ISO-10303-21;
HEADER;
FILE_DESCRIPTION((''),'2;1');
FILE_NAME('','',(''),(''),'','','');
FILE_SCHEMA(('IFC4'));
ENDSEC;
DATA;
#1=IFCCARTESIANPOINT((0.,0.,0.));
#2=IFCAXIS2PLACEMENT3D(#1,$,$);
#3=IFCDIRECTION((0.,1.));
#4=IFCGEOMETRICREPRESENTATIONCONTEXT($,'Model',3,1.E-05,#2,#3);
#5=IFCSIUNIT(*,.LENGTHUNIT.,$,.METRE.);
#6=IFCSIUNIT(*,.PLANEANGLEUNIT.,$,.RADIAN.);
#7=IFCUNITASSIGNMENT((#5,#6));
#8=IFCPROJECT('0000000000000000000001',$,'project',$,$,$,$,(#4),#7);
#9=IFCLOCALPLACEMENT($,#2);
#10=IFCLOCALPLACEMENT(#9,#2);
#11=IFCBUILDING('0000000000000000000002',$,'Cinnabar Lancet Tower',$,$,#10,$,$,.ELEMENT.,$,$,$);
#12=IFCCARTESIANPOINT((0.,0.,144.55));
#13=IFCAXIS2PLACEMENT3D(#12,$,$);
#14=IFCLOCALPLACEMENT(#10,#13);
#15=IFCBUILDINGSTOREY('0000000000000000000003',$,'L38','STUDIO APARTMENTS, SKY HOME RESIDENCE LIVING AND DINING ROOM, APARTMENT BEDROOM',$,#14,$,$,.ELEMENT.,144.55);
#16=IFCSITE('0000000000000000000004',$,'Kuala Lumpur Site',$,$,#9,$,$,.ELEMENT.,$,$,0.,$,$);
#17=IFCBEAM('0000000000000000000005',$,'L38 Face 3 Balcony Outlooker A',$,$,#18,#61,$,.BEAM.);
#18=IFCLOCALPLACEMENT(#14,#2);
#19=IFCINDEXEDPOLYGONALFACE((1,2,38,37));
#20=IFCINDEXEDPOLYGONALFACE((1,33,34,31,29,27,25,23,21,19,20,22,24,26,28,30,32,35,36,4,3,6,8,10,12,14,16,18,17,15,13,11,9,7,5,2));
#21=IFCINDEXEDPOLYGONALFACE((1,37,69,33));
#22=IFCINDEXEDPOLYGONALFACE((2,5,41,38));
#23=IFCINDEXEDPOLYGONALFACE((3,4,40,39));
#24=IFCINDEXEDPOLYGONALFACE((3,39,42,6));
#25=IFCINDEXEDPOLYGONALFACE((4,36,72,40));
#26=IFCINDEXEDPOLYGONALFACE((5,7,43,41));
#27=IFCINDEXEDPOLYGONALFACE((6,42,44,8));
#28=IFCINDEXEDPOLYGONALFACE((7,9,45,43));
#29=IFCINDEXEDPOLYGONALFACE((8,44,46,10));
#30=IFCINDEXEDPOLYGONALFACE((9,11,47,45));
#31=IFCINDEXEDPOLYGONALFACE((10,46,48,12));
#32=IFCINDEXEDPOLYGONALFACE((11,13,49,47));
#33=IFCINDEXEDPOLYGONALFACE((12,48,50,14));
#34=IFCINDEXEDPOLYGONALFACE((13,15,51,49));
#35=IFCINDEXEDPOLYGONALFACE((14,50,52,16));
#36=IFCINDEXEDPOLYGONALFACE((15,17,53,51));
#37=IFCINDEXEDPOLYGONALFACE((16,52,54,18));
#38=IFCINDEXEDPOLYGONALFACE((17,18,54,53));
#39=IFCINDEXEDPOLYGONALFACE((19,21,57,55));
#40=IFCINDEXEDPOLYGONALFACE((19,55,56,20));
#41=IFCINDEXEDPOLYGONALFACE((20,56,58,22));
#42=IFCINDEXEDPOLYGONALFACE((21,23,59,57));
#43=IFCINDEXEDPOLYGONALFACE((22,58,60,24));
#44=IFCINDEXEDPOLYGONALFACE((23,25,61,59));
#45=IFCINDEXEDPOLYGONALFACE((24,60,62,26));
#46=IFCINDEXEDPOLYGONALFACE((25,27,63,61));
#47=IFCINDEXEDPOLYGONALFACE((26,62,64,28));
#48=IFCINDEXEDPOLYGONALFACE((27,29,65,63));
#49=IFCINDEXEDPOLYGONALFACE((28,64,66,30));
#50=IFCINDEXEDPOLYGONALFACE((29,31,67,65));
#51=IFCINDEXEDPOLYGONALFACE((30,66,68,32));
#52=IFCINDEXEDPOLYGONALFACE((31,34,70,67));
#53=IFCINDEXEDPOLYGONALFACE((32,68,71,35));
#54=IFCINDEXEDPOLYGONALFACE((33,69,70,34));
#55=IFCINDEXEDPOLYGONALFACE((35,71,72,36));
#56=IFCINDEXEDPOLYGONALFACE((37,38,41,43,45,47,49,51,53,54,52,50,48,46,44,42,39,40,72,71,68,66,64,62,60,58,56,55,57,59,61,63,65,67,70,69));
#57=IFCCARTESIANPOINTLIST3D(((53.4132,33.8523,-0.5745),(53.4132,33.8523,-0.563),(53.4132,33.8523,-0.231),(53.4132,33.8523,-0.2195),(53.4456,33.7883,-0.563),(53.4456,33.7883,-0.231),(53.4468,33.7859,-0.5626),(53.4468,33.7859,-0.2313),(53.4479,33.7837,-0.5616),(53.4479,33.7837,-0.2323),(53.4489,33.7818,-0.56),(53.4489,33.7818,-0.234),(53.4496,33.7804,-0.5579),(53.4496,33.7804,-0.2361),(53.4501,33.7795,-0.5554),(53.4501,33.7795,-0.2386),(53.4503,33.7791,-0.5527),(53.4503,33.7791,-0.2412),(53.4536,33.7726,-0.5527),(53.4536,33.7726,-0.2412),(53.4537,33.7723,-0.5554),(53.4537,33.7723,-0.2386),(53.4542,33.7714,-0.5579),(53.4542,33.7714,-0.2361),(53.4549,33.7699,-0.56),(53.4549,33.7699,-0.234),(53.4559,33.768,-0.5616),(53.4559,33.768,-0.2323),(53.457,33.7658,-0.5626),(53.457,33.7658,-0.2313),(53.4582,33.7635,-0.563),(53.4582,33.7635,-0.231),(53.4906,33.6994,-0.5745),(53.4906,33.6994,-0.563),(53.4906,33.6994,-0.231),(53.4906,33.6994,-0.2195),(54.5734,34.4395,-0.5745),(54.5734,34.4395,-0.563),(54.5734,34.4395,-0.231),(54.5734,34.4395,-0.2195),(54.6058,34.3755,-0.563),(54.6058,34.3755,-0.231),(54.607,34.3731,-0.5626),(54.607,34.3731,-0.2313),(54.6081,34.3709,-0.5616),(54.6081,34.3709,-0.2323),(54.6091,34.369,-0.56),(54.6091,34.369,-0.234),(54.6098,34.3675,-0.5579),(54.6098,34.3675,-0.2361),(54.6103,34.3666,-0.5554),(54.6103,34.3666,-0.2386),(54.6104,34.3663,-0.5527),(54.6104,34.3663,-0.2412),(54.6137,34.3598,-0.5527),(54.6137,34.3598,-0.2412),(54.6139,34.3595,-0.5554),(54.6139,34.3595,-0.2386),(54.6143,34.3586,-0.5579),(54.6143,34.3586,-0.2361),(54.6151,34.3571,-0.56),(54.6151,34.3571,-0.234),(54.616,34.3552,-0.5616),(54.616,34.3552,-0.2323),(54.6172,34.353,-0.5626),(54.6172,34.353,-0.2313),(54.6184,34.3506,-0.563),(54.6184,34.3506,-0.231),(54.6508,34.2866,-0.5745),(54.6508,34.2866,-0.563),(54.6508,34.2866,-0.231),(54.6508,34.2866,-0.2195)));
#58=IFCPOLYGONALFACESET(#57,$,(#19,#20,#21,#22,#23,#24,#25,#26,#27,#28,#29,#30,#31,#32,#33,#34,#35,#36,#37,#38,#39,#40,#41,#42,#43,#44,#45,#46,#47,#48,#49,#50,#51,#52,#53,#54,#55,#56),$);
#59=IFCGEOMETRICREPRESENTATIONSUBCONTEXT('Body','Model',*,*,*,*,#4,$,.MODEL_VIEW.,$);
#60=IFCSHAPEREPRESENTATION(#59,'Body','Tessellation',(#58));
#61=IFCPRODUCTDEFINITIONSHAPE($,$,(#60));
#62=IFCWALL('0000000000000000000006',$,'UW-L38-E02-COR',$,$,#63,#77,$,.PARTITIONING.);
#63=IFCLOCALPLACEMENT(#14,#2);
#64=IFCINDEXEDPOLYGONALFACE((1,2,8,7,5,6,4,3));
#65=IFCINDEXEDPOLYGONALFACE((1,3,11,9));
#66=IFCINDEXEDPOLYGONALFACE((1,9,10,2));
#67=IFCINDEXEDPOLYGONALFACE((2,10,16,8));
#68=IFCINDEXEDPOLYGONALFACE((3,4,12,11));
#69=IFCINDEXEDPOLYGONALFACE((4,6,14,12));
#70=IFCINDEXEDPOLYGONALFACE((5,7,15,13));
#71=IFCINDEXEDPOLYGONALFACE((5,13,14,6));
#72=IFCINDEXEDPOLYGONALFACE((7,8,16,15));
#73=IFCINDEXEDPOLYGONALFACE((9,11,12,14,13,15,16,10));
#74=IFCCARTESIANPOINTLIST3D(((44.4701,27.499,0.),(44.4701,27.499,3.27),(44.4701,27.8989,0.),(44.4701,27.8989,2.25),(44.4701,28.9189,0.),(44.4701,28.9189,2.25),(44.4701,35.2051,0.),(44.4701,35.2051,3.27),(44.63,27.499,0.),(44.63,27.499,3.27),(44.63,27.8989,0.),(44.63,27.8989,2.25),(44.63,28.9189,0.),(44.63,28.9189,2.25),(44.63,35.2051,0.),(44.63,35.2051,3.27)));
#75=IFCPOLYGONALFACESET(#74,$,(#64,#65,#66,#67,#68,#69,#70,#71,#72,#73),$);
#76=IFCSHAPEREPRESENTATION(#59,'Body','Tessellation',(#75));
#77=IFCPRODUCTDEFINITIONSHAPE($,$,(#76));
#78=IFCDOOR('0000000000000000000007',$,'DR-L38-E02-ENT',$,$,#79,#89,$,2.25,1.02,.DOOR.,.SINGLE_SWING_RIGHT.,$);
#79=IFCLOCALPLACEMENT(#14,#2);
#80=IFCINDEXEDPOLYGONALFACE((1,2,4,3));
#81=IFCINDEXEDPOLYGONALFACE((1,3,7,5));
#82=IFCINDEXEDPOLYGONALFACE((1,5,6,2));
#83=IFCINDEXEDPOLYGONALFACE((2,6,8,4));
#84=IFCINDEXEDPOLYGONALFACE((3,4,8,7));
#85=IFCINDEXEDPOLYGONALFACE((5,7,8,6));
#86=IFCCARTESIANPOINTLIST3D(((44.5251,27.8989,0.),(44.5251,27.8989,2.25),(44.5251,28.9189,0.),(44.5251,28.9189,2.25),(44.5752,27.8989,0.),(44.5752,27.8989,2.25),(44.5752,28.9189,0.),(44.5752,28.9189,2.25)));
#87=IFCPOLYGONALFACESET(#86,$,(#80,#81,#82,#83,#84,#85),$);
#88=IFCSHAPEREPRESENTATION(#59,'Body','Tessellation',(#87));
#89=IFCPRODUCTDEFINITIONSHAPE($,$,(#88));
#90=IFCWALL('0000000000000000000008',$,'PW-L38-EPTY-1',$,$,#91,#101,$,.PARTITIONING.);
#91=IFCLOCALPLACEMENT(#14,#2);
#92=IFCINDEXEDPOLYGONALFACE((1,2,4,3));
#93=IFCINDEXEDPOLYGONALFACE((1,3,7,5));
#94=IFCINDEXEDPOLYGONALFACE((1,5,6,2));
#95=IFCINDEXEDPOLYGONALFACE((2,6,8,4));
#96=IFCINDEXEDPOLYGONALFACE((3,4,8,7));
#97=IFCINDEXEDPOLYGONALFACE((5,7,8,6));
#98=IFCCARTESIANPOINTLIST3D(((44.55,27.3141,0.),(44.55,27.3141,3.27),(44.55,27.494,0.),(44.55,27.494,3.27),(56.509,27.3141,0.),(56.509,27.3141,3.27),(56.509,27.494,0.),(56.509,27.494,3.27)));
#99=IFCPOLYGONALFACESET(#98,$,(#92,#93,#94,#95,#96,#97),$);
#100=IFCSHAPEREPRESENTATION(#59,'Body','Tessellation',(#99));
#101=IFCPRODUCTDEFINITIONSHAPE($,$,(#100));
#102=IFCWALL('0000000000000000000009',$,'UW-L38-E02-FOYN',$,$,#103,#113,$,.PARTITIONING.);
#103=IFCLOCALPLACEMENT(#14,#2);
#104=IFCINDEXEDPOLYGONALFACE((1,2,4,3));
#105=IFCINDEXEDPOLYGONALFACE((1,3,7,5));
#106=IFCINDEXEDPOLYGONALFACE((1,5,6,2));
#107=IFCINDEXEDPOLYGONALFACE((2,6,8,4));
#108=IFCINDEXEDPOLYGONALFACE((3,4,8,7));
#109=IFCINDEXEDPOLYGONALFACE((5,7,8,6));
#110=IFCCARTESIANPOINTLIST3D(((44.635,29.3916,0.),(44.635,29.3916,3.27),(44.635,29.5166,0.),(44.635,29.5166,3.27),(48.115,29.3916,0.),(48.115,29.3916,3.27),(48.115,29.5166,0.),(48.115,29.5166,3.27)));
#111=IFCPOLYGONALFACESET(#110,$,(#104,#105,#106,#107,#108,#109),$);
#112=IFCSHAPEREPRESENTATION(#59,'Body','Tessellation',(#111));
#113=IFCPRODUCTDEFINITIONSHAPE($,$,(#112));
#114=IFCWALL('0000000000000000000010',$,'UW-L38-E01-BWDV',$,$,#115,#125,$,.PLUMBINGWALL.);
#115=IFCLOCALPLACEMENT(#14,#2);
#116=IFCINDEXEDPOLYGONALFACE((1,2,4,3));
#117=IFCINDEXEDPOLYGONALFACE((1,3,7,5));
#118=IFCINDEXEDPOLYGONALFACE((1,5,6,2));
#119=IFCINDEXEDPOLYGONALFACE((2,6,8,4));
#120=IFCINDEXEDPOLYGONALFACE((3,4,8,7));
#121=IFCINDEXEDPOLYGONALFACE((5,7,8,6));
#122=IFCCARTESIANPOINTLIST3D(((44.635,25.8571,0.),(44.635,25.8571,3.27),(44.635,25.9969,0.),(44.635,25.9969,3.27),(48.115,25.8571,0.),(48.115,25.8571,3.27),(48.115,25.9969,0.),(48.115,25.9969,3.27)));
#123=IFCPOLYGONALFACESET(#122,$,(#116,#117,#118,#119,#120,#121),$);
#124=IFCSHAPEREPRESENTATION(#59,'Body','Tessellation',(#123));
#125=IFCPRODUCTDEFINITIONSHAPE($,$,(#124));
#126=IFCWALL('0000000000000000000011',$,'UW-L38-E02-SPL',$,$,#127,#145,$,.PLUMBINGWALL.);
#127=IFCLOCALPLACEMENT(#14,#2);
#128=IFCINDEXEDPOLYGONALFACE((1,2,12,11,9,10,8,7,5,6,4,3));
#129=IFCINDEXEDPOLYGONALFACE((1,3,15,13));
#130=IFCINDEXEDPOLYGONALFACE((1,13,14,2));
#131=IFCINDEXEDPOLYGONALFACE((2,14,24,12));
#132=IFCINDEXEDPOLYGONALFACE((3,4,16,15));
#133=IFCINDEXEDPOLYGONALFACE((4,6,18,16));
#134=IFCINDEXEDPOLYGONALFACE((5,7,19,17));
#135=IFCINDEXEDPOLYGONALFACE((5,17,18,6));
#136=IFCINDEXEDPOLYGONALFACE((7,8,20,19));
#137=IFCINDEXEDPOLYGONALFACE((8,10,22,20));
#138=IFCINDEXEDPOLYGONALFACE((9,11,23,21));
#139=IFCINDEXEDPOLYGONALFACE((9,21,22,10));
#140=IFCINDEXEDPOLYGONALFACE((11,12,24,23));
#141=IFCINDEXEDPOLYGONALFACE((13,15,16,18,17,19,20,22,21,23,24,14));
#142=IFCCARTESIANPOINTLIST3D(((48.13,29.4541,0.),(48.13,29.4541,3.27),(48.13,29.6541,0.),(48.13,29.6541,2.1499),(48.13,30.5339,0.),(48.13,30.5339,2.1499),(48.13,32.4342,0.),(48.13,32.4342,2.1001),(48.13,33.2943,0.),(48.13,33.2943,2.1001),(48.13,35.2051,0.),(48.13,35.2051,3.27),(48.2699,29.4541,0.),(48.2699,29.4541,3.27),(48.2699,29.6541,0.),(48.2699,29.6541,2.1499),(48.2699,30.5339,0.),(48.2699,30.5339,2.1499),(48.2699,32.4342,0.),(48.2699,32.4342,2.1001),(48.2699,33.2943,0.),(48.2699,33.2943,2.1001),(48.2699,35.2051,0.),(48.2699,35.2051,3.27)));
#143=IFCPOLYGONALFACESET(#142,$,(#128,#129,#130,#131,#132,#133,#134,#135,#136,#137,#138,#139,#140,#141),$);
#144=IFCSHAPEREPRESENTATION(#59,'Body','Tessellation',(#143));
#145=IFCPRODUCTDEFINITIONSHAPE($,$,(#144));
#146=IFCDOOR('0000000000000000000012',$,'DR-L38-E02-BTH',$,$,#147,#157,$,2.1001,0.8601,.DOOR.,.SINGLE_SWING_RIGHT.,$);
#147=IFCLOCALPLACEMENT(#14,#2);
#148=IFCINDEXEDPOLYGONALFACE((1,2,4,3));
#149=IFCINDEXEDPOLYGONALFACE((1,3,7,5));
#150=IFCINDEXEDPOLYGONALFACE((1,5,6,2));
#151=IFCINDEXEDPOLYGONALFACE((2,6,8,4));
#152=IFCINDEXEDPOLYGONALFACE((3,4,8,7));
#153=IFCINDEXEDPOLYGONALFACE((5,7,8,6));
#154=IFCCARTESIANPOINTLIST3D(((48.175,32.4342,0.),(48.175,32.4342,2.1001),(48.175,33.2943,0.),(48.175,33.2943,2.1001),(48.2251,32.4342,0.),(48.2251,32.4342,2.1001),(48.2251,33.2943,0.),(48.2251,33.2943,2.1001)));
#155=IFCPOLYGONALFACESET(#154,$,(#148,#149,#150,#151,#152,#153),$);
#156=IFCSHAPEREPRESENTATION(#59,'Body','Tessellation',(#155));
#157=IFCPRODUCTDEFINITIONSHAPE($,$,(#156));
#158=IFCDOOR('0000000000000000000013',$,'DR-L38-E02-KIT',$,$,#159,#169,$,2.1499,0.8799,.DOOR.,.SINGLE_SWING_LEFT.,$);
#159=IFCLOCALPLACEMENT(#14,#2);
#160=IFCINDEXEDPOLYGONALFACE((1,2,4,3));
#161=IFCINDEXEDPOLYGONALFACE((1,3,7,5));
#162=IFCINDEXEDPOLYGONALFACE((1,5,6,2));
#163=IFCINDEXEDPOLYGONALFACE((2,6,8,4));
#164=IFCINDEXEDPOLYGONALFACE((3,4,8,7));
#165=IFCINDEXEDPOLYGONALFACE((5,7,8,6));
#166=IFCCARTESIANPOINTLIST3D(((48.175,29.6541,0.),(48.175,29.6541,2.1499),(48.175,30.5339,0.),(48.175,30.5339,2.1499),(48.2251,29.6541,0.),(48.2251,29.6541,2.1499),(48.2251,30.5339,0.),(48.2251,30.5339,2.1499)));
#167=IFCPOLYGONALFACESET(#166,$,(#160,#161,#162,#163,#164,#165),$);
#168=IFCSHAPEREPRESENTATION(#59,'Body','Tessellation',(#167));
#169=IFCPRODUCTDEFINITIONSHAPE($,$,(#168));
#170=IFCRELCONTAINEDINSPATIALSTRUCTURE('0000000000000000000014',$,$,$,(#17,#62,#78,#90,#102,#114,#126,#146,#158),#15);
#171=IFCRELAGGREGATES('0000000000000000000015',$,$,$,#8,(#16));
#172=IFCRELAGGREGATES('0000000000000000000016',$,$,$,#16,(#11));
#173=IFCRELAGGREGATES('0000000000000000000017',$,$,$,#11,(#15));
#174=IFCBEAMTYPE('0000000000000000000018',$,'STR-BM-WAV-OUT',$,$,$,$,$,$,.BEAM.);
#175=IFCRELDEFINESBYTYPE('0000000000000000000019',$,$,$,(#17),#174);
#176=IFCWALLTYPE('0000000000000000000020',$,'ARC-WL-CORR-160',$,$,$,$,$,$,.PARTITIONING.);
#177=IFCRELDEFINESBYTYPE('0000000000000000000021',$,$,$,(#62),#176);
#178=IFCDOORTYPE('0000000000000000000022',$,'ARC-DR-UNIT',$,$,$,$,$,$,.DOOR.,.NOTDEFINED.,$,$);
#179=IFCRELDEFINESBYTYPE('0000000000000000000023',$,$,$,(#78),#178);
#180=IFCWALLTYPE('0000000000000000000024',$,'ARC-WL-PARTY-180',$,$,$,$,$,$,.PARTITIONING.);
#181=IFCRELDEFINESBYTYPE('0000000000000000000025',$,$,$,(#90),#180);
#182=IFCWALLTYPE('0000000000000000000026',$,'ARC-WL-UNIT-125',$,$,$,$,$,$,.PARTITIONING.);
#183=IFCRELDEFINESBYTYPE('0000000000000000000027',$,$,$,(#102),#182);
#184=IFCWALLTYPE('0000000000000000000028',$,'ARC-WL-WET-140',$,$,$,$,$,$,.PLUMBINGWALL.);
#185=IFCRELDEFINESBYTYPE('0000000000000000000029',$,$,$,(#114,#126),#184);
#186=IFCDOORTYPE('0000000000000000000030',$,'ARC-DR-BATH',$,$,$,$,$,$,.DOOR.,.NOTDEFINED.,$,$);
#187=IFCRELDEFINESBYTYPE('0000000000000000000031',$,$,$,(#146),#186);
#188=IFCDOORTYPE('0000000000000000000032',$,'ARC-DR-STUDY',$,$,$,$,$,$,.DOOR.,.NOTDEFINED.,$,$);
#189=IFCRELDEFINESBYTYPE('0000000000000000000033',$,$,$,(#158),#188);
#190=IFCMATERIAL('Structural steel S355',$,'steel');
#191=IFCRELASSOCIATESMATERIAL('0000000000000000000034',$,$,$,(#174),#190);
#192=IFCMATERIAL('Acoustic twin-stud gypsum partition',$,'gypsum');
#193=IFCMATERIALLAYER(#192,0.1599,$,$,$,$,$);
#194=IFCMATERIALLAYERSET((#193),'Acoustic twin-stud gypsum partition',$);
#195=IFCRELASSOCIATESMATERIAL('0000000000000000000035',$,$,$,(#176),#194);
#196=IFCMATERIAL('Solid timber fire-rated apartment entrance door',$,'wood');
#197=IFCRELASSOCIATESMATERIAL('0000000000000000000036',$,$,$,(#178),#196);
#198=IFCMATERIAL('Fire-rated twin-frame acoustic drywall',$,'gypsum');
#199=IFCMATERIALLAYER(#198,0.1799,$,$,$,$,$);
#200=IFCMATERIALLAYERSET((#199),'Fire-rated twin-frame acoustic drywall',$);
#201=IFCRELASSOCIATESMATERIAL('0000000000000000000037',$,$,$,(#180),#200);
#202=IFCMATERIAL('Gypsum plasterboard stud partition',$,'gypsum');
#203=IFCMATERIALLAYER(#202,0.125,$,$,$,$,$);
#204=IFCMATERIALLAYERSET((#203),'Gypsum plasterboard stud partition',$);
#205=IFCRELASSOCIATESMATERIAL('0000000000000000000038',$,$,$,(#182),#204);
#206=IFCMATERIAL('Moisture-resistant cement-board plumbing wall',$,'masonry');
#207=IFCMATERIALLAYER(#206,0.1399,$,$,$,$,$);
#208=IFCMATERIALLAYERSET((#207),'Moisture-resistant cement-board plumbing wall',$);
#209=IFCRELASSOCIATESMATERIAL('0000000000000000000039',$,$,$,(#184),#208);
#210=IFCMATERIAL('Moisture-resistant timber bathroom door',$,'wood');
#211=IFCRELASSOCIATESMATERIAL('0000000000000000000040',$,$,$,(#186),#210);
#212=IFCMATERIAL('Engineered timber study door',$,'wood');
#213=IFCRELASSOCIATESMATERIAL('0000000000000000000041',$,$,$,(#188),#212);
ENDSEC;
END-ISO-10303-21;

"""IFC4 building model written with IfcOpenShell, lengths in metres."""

from ifc_helpers import new_model, si_unit, direction, frame, frame_2d, origin, origin_2d, place, context, subcontext, project, spatial, rectangle, i_section, extrude, material, layer, layer_set, material_profile, profile_set, type_object, element, fill, save


model = new_model("IFC4")

# Units and contexts
model_context = context("Model", 3, precision=1e-05, world=origin(), true_north=direction((0.0, 1.0)))
body_context = subcontext(model_context, "Body", "Model", "MODEL_VIEW")
ifc_project = project(units=[si_unit("LENGTHUNIT", "METRE"), si_unit("PLANEANGLEUNIT", "RADIAN")], contexts=[model_context])

# Site, building, storey
site_placement = place(None, origin())
site = spatial("IfcSite", under=ifc_project, at=site_placement, Name="Kuala Lumpur Site", CompositionType="ELEMENT", RefElevation=0.0)
building_placement = place(site_placement, origin())
building = spatial("IfcBuilding", under=site, at=building_placement, Name="Cinnabar Lancet Tower", CompositionType="ELEMENT")
storey_placement = place(building_placement, frame((0.0, 0.0, 144.55)))
storey = spatial("IfcBuildingStorey", under=building, at=storey_placement, Name="L38", Description="STUDIO APARTMENTS, SKY HOME RESIDENCE LIVING AND DINING ROOM, APARTMENT BEDROOM", CompositionType="ELEMENT", Elevation=144.55)

# Beam
ifc_material_1 = material(Name="Structural steel S355", Category="steel")
ifc_material_profile_1 = material_profile(ifc_material_1, i_section(OverallWidth=0.1714, OverallDepth=0.355, WebThickness=0.0073, FlangeThickness=0.0115, FilletRadius=0.0103, at=origin_2d()), Name="UKB 356x171x51")
ifc_profile_set_1 = profile_set([ifc_material_profile_1], Name="Structural steel S355")
beam_type_1 = type_object("IfcBeamType", Name="STR-BM-WAV-OUT", PredefinedType="BEAM", material=ifc_profile_set_1)
beam_1_placement = place(storey_placement, frame((53.4519, 33.7759, -0.397), z_axis=(0.892239, 0.451564, 0.0), x_axis=(-0.451564, 0.892239, 0.0)))
element("IfcBeam", 1, at=beam_1_placement, inside=storey, type_object=beam_type_1, Name="L38 Face 3 Balcony Outlooker A", PredefinedType="BEAM", context=body_context, shape_type="SweptSolid", body=[
    extrude(i_section(OverallWidth=0.1714, OverallDepth=0.355, WebThickness=0.0073, FlangeThickness=0.0115, FilletRadius=0.0103, at=origin_2d()), origin(), (0.0, 0.0, 1.0), 1.3003),
])

# Wall, opening, door
ifc_material_2 = material(Name="Acoustic twin-stud gypsum partition", Category="gypsum")
ifc_layer_1 = layer(ifc_material_2, 0.1599)
ifc_layer_set_1 = layer_set([ifc_layer_1], Name="Acoustic twin-stud gypsum partition")
wall_type_1 = type_object("IfcWallType", Name="ARC-WL-CORR-160", PredefinedType="PARTITIONING", material=ifc_layer_set_1)
wall_1_placement = place(storey_placement, frame((44.55, 27.499, 0.0), z_axis=(0.0, 0.0, 1.0), x_axis=(0.0, 1.0, 0.0)))
wall_1 = element("IfcWall", 2, at=wall_1_placement, inside=storey, type_object=wall_type_1, Name="UW-L38-E02-COR", PredefinedType="PARTITIONING", context=body_context, shape_type="SweptSolid", body=[
    extrude(rectangle(XDim=7.7061, YDim=0.1599, at=frame_2d((3.853, 0.0))), origin(), (0.0, 0.0, 1.0), 3.27),
])
opening_1_placement = place(wall_1_placement, frame((0.3999, 0.0, 0.0)))
opening_1 = element("IfcOpeningElement", 3, at=opening_1_placement, cuts=wall_1, PredefinedType="OPENING", context=body_context, shape_type="SweptSolid", body=[
    extrude(rectangle(XDim=1.02, YDim=2.25, at=frame_2d((0.51, 1.125))), frame((0.0, 0.0898, 0.0), z_axis=(0.0, -1.0, 0.0), x_axis=(1.0, 0.0, 0.0)), (0.0, 0.0, 1.0), 0.1799),
])
ifc_material_3 = material(Name="Solid timber fire-rated apartment entrance door", Category="wood")
door_type_1 = type_object("IfcDoorType", Name="ARC-DR-UNIT", OperationType="NOTDEFINED", PredefinedType="DOOR", material=ifc_material_3)
door_1_placement = place(opening_1_placement, origin())
door_1 = element("IfcDoor", 4, at=door_1_placement, inside=storey, type_object=door_type_1, Name="DR-L38-E02-ENT", OperationType="SINGLE_SWING_RIGHT", OverallHeight=2.25, OverallWidth=1.02, PredefinedType="DOOR", context=body_context, shape_type="SweptSolid", body=[
    extrude(rectangle(XDim=1.02, YDim=2.25, at=frame_2d((0.51, 1.125))), frame((0.0, 0.0249, 0.0), z_axis=(0.0, -1.0, 0.0), x_axis=(1.0, 0.0, 0.0)), (0.0, 0.0, 1.0), 0.05),
])
fill(opening_1, door_1)

# Walls
ifc_material_4 = material(Name="Fire-rated twin-frame acoustic drywall", Category="gypsum")
ifc_layer_2 = layer(ifc_material_4, 0.1799)
ifc_layer_set_2 = layer_set([ifc_layer_2], Name="Fire-rated twin-frame acoustic drywall")
wall_type_2 = type_object("IfcWallType", Name="ARC-WL-PARTY-180", PredefinedType="PARTITIONING", material=ifc_layer_set_2)
wall_2_placement = place(storey_placement, frame((44.55, 27.4041, 0.0), z_axis=(0.0, 0.0, 1.0), x_axis=(1.0, 0.0, 0.0)))
element("IfcWall", 5, at=wall_2_placement, inside=storey, type_object=wall_type_2, Name="PW-L38-EPTY-1", PredefinedType="PARTITIONING", context=body_context, shape_type="SweptSolid", body=[
    extrude(rectangle(XDim=11.959, YDim=0.1799, at=frame_2d((5.9795, 0.0))), origin(), (0.0, 0.0, 1.0), 3.27),
])
ifc_material_5 = material(Name="Gypsum plasterboard stud partition", Category="gypsum")
ifc_layer_3 = layer(ifc_material_5, 0.125)
ifc_layer_set_3 = layer_set([ifc_layer_3], Name="Gypsum plasterboard stud partition")
wall_type_3 = type_object("IfcWallType", Name="ARC-WL-UNIT-125", PredefinedType="PARTITIONING", material=ifc_layer_set_3)
wall_3_placement = place(storey_placement, frame((44.635, 29.4541, 0.0), z_axis=(0.0, 0.0, 1.0), x_axis=(1.0, 0.0, 0.0)))
element("IfcWall", 6, at=wall_3_placement, inside=storey, type_object=wall_type_3, Name="UW-L38-E02-FOYN", PredefinedType="PARTITIONING", context=body_context, shape_type="SweptSolid", body=[
    extrude(rectangle(XDim=3.48, YDim=0.125, at=frame_2d((1.74, 0.0))), origin(), (0.0, 0.0, 1.0), 3.27),
])
ifc_material_6 = material(Name="Moisture-resistant cement-board plumbing wall", Category="masonry")
ifc_layer_4 = layer(ifc_material_6, 0.1399)
ifc_layer_set_4 = layer_set([ifc_layer_4], Name="Moisture-resistant cement-board plumbing wall")
wall_type_4 = type_object("IfcWallType", Name="ARC-WL-WET-140", PredefinedType="PLUMBINGWALL", material=ifc_layer_set_4)
wall_4_placement = place(storey_placement, frame((44.635, 25.927, 0.0), z_axis=(0.0, 0.0, 1.0), x_axis=(1.0, 0.0, 0.0)))
element("IfcWall", 7, at=wall_4_placement, inside=storey, type_object=wall_type_4, Name="UW-L38-E01-BWDV", PredefinedType="PLUMBINGWALL", context=body_context, shape_type="SweptSolid", body=[
    extrude(rectangle(XDim=3.48, YDim=0.1399, at=frame_2d((1.74, 0.0))), origin(), (0.0, 0.0, 1.0), 3.27),
])

# Wall, openings, doors
wall_5_placement = place(storey_placement, frame((48.2, 29.4541, 0.0), z_axis=(0.0, 0.0, 1.0), x_axis=(0.0, 1.0, 0.0)))
wall_5 = element("IfcWall", 8, at=wall_5_placement, inside=storey, type_object=wall_type_4, Name="UW-L38-E02-SPL", PredefinedType="PLUMBINGWALL", context=body_context, shape_type="SweptSolid", body=[
    extrude(rectangle(XDim=5.751, YDim=0.1399, at=frame_2d((2.8755, 0.0))), origin(), (0.0, 0.0, 1.0), 3.27),
])
opening_2_placement = place(wall_5_placement, frame((2.98, 0.0, 0.0)))
opening_2 = element("IfcOpeningElement", 9, at=opening_2_placement, cuts=wall_5, PredefinedType="OPENING", context=body_context, shape_type="SweptSolid", body=[
    extrude(rectangle(XDim=0.8601, YDim=2.1001, at=frame_2d((0.4302, 1.05))), frame((0.0, 0.0798, 0.0), z_axis=(0.0, -1.0, 0.0), x_axis=(1.0, 0.0, 0.0)), (0.0, 0.0, 1.0), 0.1599),
])
opening_3_placement = place(wall_5_placement, frame((0.2, 0.0, 0.0)))
opening_3 = element("IfcOpeningElement", 10, at=opening_3_placement, cuts=wall_5, PredefinedType="OPENING", context=body_context, shape_type="SweptSolid", body=[
    extrude(rectangle(XDim=0.8799, YDim=2.1499, at=frame_2d((0.4399, 1.075))), frame((0.0, 0.0798, 0.0), z_axis=(0.0, -1.0, 0.0), x_axis=(1.0, 0.0, 0.0)), (0.0, 0.0, 1.0), 0.1599),
])
ifc_material_7 = material(Name="Moisture-resistant timber bathroom door", Category="wood")
door_type_2 = type_object("IfcDoorType", Name="ARC-DR-BATH", OperationType="NOTDEFINED", PredefinedType="DOOR", material=ifc_material_7)
door_2_placement = place(opening_2_placement, origin())
door_2 = element("IfcDoor", 11, at=door_2_placement, inside=storey, type_object=door_type_2, Name="DR-L38-E02-BTH", OperationType="SINGLE_SWING_RIGHT", OverallHeight=2.1001, OverallWidth=0.8601, PredefinedType="DOOR", context=body_context, shape_type="SweptSolid", body=[
    extrude(rectangle(XDim=0.8601, YDim=2.1001, at=frame_2d((0.4302, 1.05))), frame((0.0, 0.0249, 0.0), z_axis=(0.0, -1.0, 0.0), x_axis=(1.0, 0.0, 0.0)), (0.0, 0.0, 1.0), 0.05),
])
fill(opening_2, door_2)
ifc_material_8 = material(Name="Engineered timber study door", Category="wood")
door_type_3 = type_object("IfcDoorType", Name="ARC-DR-STUDY", OperationType="NOTDEFINED", PredefinedType="DOOR", material=ifc_material_8)
door_3_placement = place(opening_3_placement, origin())
door_3 = element("IfcDoor", 12, at=door_3_placement, inside=storey, type_object=door_type_3, Name="DR-L38-E02-KIT", OperationType="SINGLE_SWING_LEFT", OverallHeight=2.1499, OverallWidth=0.8799, PredefinedType="DOOR", context=body_context, shape_type="SweptSolid", body=[
    extrude(rectangle(XDim=0.8799, YDim=2.1499, at=frame_2d((0.4399, 1.075))), frame((0.0, 0.0249, 0.0), z_axis=(0.0, -1.0, 0.0), x_axis=(1.0, 0.0, 0.0)), (0.0, 0.0, 1.0), 0.05),
])
fill(opening_3, door_3)

save(model, "model.ifc")
